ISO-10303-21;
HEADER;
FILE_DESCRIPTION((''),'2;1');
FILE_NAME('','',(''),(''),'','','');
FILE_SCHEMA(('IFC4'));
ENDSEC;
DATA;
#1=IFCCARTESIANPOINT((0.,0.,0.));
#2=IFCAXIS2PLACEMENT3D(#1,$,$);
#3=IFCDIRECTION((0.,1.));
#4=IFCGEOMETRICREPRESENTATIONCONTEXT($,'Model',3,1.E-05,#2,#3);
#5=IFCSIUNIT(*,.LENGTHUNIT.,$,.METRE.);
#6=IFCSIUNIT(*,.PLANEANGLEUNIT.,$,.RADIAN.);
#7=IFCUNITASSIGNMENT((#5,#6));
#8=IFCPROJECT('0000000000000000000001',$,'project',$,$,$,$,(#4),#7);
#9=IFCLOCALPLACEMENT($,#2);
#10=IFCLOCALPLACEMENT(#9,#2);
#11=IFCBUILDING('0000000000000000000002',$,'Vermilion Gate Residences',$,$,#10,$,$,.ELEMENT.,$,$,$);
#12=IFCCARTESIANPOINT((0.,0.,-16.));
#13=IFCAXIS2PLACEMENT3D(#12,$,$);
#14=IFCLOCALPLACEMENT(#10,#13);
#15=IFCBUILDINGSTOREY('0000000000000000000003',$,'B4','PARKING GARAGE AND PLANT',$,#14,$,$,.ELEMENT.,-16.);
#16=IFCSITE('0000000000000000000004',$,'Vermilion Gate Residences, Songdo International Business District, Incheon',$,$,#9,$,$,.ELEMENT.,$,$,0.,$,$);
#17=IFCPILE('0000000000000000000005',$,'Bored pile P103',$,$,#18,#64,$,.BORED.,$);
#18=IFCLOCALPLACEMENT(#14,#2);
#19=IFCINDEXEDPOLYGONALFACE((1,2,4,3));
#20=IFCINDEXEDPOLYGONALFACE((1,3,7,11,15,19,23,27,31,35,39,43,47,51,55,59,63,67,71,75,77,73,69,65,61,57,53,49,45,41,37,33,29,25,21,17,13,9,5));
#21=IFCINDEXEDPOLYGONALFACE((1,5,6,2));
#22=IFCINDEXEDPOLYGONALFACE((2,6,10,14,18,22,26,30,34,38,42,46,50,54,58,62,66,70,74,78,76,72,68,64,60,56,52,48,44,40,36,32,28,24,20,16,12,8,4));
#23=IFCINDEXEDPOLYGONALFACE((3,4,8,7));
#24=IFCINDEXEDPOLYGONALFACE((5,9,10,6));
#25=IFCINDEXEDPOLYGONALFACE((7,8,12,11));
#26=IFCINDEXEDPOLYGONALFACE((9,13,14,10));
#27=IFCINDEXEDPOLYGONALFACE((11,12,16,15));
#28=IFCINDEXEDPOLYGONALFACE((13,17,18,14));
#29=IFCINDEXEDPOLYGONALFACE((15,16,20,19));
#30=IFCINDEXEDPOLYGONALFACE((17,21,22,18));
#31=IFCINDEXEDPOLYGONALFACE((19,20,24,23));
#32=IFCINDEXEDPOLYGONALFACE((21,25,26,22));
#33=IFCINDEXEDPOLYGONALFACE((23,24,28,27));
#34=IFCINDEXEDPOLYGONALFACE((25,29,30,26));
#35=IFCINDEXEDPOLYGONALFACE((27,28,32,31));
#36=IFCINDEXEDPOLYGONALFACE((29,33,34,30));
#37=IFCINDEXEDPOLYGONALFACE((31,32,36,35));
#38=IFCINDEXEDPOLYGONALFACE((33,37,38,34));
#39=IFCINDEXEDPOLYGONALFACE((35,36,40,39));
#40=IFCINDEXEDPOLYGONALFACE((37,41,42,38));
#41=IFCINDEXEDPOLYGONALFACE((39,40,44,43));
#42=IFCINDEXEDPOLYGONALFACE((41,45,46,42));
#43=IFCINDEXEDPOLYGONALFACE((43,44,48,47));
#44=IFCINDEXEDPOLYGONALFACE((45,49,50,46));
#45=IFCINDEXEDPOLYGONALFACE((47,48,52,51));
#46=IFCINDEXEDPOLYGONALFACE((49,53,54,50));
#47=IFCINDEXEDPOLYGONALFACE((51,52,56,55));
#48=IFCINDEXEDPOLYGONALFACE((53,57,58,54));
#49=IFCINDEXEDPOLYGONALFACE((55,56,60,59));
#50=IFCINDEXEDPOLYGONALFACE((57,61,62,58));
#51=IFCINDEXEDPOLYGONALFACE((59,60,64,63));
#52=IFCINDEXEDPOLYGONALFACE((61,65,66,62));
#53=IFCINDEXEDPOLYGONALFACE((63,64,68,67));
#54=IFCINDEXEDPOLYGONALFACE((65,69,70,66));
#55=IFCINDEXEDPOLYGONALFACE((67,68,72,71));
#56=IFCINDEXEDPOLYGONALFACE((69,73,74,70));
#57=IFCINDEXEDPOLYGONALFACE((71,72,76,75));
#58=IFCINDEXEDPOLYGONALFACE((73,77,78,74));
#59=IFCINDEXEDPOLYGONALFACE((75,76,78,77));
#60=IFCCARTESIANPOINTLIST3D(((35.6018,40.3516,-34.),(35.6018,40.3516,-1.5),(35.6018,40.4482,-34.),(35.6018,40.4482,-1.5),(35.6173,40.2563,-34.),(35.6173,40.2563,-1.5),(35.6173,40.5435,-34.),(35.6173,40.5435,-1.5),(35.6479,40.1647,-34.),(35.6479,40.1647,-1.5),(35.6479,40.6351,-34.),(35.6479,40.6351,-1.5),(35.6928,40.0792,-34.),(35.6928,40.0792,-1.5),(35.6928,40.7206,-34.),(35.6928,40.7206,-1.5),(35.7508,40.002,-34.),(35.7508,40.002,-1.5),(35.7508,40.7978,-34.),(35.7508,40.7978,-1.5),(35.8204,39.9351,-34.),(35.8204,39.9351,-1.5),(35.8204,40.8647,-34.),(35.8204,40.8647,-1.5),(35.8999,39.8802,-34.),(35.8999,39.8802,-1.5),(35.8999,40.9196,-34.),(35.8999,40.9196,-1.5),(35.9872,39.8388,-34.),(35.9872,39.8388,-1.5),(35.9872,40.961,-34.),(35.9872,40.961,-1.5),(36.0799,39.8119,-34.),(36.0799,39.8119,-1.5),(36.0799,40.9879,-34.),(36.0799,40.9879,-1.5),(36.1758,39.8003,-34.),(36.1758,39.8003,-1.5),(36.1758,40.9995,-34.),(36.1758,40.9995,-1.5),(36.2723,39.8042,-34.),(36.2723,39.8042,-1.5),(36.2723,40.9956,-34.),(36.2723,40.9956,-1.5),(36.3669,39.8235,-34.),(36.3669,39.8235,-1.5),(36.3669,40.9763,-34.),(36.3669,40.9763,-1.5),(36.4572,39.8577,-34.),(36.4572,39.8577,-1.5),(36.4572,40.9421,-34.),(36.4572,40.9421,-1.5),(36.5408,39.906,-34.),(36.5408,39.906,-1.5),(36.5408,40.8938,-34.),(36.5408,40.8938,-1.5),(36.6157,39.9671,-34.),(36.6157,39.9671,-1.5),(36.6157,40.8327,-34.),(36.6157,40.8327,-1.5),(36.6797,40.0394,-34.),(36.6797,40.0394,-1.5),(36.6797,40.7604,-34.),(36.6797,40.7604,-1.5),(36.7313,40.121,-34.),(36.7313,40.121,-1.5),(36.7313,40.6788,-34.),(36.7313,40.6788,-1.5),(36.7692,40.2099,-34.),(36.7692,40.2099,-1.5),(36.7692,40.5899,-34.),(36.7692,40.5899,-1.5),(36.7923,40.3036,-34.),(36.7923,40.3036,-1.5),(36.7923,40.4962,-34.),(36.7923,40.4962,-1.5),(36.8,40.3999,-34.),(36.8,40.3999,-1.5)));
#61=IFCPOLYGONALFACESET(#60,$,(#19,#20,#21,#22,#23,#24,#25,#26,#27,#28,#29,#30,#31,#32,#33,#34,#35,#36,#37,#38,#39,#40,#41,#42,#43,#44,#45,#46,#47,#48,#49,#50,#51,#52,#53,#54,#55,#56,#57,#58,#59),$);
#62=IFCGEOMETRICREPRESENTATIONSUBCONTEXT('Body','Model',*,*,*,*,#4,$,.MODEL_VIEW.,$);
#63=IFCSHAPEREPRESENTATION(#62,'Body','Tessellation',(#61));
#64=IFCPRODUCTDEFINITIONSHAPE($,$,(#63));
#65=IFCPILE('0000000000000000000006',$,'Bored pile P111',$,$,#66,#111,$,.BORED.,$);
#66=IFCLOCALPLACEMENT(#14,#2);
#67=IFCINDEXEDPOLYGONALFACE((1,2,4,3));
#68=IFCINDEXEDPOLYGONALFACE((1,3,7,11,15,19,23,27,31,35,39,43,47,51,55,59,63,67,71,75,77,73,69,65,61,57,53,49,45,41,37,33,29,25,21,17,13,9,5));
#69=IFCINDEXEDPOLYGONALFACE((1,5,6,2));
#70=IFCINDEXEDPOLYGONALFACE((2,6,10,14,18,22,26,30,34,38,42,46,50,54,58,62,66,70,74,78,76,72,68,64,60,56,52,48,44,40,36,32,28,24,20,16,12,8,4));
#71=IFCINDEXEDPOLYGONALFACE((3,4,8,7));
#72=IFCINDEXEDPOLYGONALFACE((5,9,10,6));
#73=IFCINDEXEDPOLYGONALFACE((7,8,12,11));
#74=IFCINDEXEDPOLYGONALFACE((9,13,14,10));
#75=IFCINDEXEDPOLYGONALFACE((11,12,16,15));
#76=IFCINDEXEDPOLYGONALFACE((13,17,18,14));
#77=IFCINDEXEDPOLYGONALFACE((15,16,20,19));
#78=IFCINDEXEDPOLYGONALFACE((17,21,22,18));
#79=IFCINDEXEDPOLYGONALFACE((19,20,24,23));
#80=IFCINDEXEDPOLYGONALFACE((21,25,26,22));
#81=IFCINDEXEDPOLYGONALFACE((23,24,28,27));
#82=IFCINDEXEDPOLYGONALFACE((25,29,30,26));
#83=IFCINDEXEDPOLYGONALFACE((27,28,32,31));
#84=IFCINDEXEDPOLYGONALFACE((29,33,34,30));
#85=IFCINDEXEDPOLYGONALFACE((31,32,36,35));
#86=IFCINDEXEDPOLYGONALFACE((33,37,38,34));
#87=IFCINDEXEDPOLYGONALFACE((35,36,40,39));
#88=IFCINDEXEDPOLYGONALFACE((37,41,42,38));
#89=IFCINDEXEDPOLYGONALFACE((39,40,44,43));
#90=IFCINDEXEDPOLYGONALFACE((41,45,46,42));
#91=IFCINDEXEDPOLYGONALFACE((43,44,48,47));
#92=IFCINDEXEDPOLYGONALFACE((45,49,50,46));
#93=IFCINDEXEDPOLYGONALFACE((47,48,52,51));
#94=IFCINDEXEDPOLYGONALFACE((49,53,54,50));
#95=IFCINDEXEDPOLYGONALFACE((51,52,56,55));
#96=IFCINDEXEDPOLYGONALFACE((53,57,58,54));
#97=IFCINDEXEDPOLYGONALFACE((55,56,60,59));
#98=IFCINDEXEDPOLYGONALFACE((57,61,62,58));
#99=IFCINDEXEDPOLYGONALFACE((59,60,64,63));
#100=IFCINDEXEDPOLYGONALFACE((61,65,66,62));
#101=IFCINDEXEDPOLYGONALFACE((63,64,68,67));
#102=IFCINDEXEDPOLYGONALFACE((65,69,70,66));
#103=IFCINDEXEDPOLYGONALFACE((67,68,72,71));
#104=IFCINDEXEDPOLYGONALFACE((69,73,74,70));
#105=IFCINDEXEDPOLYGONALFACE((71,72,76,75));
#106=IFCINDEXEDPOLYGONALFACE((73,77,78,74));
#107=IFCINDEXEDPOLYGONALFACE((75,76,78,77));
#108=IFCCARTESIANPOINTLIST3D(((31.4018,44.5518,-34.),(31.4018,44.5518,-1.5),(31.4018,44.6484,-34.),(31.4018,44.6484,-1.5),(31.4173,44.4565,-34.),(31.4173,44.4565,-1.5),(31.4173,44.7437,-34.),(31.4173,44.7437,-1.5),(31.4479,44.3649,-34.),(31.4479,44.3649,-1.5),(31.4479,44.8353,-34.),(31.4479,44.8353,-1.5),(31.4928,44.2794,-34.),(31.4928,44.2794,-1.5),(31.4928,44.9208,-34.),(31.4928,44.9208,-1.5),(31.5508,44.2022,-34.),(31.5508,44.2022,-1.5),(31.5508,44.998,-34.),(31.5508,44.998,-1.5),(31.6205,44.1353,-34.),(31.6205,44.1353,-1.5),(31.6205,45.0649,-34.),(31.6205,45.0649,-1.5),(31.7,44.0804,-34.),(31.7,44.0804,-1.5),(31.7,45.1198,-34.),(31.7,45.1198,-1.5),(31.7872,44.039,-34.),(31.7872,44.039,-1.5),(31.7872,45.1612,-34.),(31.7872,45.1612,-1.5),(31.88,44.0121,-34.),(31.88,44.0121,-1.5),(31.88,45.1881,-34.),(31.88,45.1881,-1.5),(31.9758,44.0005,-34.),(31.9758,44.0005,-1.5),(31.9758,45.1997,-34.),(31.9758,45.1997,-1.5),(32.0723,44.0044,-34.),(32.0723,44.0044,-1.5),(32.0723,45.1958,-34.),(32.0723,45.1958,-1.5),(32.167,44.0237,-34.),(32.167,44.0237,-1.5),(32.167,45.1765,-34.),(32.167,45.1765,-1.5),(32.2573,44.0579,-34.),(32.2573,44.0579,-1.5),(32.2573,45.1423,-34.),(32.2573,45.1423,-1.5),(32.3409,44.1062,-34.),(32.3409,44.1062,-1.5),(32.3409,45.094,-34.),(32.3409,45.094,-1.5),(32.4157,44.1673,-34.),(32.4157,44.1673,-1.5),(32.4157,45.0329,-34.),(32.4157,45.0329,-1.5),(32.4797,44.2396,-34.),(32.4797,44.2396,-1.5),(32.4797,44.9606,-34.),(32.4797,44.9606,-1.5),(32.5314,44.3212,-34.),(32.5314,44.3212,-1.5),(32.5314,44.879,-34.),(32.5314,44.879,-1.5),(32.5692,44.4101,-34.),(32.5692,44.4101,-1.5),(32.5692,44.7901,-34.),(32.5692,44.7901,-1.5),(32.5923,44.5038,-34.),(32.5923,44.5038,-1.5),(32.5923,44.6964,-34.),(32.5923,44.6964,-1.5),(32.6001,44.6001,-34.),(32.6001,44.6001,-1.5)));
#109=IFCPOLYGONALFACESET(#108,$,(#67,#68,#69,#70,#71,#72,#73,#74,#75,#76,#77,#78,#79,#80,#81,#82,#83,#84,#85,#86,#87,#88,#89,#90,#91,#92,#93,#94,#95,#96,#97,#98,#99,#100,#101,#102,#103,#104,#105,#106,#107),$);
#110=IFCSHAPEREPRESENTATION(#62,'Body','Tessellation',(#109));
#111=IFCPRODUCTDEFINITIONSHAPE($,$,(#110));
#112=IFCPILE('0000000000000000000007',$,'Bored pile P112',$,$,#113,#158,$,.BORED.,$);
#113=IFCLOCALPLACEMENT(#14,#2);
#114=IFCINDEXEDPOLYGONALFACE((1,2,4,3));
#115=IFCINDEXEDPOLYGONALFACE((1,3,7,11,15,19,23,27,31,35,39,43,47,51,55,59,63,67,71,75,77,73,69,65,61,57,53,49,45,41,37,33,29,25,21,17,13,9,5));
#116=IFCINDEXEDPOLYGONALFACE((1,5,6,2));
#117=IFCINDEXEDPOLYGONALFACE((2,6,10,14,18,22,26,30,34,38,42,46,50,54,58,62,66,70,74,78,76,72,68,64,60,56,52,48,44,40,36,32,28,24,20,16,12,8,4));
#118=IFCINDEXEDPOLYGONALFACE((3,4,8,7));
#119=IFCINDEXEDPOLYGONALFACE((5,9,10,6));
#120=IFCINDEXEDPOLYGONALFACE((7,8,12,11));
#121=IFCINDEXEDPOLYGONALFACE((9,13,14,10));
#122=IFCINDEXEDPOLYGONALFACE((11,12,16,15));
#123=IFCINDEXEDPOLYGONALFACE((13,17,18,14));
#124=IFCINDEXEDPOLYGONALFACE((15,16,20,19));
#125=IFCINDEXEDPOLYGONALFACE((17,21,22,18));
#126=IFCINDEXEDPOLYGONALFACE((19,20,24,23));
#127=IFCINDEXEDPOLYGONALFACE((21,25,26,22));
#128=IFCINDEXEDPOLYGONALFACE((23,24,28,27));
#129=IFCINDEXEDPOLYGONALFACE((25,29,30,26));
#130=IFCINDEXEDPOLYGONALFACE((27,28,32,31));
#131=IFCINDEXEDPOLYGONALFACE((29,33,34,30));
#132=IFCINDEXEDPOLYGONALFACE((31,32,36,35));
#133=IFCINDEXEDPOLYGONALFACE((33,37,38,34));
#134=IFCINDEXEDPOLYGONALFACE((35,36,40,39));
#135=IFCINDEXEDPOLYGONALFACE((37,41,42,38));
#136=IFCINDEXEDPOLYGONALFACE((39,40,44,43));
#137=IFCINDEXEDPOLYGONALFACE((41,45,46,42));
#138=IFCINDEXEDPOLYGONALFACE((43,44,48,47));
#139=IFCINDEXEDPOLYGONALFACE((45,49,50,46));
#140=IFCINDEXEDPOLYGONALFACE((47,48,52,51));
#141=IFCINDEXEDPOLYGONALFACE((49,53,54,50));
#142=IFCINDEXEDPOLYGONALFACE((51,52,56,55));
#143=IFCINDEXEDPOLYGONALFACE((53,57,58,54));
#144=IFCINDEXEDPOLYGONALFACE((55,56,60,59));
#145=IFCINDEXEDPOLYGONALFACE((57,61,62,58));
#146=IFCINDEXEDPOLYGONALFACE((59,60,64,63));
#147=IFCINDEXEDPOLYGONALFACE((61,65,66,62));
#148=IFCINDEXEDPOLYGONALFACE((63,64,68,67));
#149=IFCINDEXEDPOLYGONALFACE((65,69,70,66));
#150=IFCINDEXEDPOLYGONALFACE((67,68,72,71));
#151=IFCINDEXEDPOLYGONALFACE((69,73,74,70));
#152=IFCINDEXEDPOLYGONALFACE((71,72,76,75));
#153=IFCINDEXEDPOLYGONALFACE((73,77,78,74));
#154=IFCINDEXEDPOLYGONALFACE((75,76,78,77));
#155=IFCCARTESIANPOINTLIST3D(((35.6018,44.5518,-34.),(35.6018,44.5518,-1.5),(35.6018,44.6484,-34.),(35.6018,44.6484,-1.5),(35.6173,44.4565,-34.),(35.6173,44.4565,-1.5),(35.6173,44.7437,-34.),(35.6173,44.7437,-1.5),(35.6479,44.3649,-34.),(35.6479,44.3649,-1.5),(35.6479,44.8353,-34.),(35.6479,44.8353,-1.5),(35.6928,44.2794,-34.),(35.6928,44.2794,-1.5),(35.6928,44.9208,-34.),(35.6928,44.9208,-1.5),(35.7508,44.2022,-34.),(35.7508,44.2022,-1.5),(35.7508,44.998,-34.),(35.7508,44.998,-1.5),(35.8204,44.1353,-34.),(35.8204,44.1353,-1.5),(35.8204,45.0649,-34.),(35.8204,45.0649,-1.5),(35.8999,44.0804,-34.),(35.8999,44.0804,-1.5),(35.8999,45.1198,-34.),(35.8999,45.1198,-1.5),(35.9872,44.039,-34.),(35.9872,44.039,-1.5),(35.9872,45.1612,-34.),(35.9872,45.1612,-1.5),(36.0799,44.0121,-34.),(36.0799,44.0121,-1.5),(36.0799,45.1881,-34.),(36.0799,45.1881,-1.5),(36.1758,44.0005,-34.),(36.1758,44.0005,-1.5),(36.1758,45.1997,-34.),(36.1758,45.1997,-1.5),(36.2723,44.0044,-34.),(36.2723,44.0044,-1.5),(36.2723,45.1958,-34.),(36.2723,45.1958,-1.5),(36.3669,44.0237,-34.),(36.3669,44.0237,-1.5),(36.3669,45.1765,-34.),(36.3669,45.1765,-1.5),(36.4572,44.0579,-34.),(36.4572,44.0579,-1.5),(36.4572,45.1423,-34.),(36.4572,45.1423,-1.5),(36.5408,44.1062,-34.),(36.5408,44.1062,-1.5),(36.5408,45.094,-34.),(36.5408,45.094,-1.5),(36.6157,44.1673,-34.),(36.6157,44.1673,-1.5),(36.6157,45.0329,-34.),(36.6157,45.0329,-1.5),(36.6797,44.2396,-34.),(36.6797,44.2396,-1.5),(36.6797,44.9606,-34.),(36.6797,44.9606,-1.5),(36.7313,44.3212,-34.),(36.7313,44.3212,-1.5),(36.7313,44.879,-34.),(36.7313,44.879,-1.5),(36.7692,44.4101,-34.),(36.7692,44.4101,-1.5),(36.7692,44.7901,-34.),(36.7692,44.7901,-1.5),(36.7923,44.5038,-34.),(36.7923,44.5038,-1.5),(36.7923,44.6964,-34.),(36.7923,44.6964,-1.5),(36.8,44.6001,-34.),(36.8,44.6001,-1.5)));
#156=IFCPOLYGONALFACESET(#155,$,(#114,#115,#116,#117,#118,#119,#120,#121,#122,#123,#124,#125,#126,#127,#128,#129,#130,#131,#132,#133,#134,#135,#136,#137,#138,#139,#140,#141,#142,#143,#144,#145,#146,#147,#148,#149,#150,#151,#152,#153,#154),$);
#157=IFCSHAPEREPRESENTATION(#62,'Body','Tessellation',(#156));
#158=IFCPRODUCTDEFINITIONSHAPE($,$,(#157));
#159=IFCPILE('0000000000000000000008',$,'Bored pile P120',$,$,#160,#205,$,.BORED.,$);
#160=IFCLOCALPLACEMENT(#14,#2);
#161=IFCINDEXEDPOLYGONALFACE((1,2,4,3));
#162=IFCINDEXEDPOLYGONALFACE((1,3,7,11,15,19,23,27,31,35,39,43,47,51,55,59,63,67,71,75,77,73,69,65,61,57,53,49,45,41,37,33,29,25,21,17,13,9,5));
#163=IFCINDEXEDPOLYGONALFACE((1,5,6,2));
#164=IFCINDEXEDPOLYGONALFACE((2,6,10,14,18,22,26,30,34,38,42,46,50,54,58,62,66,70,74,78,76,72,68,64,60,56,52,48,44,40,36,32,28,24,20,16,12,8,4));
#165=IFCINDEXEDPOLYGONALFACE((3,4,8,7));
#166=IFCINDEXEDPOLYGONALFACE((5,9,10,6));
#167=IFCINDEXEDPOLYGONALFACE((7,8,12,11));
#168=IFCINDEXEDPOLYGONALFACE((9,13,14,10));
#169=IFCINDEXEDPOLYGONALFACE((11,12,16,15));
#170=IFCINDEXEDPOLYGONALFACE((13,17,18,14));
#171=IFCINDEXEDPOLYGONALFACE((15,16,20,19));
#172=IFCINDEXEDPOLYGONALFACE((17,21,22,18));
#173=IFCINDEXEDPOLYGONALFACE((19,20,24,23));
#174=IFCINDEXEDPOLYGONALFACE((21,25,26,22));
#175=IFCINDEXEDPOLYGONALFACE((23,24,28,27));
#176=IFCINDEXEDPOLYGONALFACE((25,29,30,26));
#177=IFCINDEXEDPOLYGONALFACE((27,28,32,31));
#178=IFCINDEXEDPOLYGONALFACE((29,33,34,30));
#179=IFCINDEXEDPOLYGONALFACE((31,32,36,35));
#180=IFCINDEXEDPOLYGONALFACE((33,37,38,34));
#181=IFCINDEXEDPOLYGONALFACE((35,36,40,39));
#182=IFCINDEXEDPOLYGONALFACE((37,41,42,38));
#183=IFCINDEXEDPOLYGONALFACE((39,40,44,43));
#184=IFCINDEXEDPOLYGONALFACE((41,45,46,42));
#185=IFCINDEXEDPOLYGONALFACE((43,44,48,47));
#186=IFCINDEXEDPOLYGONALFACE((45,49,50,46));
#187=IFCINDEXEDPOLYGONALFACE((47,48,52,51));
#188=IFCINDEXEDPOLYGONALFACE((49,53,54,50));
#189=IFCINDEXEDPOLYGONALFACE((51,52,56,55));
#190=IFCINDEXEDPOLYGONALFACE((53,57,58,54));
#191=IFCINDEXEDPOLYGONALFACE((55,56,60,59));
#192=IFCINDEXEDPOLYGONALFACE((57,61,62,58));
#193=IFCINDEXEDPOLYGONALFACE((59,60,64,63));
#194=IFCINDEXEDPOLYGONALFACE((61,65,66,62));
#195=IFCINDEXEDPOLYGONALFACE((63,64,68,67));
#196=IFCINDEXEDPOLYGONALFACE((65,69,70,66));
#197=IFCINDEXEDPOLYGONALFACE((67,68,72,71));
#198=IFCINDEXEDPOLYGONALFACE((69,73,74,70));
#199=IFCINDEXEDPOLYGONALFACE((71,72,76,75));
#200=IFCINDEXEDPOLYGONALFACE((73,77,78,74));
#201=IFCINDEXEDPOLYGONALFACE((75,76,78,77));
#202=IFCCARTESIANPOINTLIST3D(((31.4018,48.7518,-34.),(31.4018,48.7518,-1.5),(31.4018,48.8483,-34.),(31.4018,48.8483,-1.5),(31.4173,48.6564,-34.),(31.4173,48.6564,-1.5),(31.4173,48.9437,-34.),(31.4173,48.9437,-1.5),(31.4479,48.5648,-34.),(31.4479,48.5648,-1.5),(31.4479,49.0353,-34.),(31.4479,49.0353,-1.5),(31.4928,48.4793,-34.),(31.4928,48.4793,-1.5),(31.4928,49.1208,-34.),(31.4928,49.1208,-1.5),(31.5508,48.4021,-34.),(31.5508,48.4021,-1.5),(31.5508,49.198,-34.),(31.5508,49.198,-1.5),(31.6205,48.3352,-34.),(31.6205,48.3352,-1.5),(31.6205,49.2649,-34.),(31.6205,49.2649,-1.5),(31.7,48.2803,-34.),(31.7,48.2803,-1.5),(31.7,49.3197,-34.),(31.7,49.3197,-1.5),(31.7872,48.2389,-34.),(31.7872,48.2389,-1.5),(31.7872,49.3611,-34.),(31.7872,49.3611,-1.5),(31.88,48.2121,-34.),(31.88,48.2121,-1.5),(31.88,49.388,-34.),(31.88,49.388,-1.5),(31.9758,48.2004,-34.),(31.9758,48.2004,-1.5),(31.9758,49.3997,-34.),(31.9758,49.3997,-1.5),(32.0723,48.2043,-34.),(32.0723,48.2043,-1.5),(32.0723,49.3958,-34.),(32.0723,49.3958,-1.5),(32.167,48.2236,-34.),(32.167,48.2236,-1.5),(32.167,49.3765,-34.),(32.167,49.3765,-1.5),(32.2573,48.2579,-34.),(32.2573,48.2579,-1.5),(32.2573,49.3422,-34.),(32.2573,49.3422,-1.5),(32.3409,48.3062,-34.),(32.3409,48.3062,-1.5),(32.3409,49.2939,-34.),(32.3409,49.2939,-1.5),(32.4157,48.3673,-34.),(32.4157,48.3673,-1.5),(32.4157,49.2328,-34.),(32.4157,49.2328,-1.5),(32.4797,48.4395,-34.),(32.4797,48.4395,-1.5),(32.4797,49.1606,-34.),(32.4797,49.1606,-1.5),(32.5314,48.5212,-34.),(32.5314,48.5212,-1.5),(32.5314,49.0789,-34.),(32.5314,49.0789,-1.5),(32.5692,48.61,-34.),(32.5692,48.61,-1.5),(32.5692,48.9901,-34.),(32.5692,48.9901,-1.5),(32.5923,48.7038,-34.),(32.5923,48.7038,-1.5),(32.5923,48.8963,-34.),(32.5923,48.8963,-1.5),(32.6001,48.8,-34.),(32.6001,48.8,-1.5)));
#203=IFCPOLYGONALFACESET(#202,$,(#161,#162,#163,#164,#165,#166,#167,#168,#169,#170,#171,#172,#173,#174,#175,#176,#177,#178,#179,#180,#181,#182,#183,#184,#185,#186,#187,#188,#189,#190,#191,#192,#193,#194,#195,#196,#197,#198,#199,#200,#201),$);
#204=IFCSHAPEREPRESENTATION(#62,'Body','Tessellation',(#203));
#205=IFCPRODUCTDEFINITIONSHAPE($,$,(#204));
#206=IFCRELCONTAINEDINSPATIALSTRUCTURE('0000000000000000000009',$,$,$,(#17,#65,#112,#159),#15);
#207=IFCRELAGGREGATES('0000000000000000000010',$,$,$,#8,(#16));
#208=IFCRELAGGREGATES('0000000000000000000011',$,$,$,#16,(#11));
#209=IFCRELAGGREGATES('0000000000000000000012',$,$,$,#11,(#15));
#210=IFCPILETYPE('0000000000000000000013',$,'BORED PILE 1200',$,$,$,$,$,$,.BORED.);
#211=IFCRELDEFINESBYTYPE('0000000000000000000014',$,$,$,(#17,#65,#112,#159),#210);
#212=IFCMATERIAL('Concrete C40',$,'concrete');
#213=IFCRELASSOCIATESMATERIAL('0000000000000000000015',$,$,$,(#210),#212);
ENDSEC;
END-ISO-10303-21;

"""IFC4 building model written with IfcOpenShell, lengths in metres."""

from ifc_helpers import new_model, si_unit, direction, frame, origin, origin_2d, place, context, subcontext, project, spatial, circle, extrude, material, material_profile, profile_set, type_object, element, save


model = new_model("IFC4")

# Units and contexts
model_context = context("Model", 3, precision=1e-05, world=origin(), true_north=direction((0.0, 1.0)))
body_context = subcontext(model_context, "Body", "Model", "MODEL_VIEW")
ifc_project = project(units=[si_unit("LENGTHUNIT", "METRE"), si_unit("PLANEANGLEUNIT", "RADIAN")], contexts=[model_context])

# Site, building, storey
site_placement = place(None, origin())
site = spatial("IfcSite", under=ifc_project, at=site_placement, Name="Vermilion Gate Residences, Songdo International Business District, Incheon", CompositionType="ELEMENT", RefElevation=0.0)
building_placement = place(site_placement, origin())
building = spatial("IfcBuilding", under=site, at=building_placement, Name="Vermilion Gate Residences", CompositionType="ELEMENT")
storey_placement = place(building_placement, frame((0.0, 0.0, -16.0)))
storey = spatial("IfcBuildingStorey", under=building, at=storey_placement, Name="B4", Description="PARKING GARAGE AND PLANT", CompositionType="ELEMENT", Elevation=-16.0)

# Piles
ifc_material_1 = material(Name="Concrete C40", Category="concrete")
ifc_material_profile_1 = material_profile(ifc_material_1, circle(Radius=0.6001, at=origin_2d()), Name="BORED PILE 1200")
ifc_profile_set_1 = profile_set([ifc_material_profile_1], Name="Concrete C40")
pile_type_1 = type_object("IfcPileType", Name="BORED PILE 1200", PredefinedType="BORED", material=ifc_profile_set_1)
for number, where, z_axis, x_axis, name in (
    (1, (36.2, 40.3999, -1.5), (0.0, 0.0, -1.0), (1.0, 0.0, 0.0), "Bored pile P103"),
    (2, (32.0, 44.6001, -1.5), (0.0, 0.0, -1.0), (1.0, 0.0, 0.0), "Bored pile P111"),
    (3, (36.2, 44.6001, -1.5), (0.0, 0.0, -1.0), (1.0, 0.0, 0.0), "Bored pile P112"),
    (4, (32.0, 48.8, -1.5), (0.0, 0.0, -1.0), (1.0, 0.0, 0.0), "Bored pile P120"),
):
    element("IfcPile", number, at=place(storey_placement, frame(where, z_axis=z_axis, x_axis=x_axis)), inside=storey, type_object=pile_type_1, Name=name, PredefinedType="BORED", context=body_context, shape_type="SweptSolid", body=[
        extrude(circle(Radius=0.6001, at=origin_2d()), origin(), (0.0, 0.0, 1.0), 32.5),
    ])

save(model, "model.ifc")
